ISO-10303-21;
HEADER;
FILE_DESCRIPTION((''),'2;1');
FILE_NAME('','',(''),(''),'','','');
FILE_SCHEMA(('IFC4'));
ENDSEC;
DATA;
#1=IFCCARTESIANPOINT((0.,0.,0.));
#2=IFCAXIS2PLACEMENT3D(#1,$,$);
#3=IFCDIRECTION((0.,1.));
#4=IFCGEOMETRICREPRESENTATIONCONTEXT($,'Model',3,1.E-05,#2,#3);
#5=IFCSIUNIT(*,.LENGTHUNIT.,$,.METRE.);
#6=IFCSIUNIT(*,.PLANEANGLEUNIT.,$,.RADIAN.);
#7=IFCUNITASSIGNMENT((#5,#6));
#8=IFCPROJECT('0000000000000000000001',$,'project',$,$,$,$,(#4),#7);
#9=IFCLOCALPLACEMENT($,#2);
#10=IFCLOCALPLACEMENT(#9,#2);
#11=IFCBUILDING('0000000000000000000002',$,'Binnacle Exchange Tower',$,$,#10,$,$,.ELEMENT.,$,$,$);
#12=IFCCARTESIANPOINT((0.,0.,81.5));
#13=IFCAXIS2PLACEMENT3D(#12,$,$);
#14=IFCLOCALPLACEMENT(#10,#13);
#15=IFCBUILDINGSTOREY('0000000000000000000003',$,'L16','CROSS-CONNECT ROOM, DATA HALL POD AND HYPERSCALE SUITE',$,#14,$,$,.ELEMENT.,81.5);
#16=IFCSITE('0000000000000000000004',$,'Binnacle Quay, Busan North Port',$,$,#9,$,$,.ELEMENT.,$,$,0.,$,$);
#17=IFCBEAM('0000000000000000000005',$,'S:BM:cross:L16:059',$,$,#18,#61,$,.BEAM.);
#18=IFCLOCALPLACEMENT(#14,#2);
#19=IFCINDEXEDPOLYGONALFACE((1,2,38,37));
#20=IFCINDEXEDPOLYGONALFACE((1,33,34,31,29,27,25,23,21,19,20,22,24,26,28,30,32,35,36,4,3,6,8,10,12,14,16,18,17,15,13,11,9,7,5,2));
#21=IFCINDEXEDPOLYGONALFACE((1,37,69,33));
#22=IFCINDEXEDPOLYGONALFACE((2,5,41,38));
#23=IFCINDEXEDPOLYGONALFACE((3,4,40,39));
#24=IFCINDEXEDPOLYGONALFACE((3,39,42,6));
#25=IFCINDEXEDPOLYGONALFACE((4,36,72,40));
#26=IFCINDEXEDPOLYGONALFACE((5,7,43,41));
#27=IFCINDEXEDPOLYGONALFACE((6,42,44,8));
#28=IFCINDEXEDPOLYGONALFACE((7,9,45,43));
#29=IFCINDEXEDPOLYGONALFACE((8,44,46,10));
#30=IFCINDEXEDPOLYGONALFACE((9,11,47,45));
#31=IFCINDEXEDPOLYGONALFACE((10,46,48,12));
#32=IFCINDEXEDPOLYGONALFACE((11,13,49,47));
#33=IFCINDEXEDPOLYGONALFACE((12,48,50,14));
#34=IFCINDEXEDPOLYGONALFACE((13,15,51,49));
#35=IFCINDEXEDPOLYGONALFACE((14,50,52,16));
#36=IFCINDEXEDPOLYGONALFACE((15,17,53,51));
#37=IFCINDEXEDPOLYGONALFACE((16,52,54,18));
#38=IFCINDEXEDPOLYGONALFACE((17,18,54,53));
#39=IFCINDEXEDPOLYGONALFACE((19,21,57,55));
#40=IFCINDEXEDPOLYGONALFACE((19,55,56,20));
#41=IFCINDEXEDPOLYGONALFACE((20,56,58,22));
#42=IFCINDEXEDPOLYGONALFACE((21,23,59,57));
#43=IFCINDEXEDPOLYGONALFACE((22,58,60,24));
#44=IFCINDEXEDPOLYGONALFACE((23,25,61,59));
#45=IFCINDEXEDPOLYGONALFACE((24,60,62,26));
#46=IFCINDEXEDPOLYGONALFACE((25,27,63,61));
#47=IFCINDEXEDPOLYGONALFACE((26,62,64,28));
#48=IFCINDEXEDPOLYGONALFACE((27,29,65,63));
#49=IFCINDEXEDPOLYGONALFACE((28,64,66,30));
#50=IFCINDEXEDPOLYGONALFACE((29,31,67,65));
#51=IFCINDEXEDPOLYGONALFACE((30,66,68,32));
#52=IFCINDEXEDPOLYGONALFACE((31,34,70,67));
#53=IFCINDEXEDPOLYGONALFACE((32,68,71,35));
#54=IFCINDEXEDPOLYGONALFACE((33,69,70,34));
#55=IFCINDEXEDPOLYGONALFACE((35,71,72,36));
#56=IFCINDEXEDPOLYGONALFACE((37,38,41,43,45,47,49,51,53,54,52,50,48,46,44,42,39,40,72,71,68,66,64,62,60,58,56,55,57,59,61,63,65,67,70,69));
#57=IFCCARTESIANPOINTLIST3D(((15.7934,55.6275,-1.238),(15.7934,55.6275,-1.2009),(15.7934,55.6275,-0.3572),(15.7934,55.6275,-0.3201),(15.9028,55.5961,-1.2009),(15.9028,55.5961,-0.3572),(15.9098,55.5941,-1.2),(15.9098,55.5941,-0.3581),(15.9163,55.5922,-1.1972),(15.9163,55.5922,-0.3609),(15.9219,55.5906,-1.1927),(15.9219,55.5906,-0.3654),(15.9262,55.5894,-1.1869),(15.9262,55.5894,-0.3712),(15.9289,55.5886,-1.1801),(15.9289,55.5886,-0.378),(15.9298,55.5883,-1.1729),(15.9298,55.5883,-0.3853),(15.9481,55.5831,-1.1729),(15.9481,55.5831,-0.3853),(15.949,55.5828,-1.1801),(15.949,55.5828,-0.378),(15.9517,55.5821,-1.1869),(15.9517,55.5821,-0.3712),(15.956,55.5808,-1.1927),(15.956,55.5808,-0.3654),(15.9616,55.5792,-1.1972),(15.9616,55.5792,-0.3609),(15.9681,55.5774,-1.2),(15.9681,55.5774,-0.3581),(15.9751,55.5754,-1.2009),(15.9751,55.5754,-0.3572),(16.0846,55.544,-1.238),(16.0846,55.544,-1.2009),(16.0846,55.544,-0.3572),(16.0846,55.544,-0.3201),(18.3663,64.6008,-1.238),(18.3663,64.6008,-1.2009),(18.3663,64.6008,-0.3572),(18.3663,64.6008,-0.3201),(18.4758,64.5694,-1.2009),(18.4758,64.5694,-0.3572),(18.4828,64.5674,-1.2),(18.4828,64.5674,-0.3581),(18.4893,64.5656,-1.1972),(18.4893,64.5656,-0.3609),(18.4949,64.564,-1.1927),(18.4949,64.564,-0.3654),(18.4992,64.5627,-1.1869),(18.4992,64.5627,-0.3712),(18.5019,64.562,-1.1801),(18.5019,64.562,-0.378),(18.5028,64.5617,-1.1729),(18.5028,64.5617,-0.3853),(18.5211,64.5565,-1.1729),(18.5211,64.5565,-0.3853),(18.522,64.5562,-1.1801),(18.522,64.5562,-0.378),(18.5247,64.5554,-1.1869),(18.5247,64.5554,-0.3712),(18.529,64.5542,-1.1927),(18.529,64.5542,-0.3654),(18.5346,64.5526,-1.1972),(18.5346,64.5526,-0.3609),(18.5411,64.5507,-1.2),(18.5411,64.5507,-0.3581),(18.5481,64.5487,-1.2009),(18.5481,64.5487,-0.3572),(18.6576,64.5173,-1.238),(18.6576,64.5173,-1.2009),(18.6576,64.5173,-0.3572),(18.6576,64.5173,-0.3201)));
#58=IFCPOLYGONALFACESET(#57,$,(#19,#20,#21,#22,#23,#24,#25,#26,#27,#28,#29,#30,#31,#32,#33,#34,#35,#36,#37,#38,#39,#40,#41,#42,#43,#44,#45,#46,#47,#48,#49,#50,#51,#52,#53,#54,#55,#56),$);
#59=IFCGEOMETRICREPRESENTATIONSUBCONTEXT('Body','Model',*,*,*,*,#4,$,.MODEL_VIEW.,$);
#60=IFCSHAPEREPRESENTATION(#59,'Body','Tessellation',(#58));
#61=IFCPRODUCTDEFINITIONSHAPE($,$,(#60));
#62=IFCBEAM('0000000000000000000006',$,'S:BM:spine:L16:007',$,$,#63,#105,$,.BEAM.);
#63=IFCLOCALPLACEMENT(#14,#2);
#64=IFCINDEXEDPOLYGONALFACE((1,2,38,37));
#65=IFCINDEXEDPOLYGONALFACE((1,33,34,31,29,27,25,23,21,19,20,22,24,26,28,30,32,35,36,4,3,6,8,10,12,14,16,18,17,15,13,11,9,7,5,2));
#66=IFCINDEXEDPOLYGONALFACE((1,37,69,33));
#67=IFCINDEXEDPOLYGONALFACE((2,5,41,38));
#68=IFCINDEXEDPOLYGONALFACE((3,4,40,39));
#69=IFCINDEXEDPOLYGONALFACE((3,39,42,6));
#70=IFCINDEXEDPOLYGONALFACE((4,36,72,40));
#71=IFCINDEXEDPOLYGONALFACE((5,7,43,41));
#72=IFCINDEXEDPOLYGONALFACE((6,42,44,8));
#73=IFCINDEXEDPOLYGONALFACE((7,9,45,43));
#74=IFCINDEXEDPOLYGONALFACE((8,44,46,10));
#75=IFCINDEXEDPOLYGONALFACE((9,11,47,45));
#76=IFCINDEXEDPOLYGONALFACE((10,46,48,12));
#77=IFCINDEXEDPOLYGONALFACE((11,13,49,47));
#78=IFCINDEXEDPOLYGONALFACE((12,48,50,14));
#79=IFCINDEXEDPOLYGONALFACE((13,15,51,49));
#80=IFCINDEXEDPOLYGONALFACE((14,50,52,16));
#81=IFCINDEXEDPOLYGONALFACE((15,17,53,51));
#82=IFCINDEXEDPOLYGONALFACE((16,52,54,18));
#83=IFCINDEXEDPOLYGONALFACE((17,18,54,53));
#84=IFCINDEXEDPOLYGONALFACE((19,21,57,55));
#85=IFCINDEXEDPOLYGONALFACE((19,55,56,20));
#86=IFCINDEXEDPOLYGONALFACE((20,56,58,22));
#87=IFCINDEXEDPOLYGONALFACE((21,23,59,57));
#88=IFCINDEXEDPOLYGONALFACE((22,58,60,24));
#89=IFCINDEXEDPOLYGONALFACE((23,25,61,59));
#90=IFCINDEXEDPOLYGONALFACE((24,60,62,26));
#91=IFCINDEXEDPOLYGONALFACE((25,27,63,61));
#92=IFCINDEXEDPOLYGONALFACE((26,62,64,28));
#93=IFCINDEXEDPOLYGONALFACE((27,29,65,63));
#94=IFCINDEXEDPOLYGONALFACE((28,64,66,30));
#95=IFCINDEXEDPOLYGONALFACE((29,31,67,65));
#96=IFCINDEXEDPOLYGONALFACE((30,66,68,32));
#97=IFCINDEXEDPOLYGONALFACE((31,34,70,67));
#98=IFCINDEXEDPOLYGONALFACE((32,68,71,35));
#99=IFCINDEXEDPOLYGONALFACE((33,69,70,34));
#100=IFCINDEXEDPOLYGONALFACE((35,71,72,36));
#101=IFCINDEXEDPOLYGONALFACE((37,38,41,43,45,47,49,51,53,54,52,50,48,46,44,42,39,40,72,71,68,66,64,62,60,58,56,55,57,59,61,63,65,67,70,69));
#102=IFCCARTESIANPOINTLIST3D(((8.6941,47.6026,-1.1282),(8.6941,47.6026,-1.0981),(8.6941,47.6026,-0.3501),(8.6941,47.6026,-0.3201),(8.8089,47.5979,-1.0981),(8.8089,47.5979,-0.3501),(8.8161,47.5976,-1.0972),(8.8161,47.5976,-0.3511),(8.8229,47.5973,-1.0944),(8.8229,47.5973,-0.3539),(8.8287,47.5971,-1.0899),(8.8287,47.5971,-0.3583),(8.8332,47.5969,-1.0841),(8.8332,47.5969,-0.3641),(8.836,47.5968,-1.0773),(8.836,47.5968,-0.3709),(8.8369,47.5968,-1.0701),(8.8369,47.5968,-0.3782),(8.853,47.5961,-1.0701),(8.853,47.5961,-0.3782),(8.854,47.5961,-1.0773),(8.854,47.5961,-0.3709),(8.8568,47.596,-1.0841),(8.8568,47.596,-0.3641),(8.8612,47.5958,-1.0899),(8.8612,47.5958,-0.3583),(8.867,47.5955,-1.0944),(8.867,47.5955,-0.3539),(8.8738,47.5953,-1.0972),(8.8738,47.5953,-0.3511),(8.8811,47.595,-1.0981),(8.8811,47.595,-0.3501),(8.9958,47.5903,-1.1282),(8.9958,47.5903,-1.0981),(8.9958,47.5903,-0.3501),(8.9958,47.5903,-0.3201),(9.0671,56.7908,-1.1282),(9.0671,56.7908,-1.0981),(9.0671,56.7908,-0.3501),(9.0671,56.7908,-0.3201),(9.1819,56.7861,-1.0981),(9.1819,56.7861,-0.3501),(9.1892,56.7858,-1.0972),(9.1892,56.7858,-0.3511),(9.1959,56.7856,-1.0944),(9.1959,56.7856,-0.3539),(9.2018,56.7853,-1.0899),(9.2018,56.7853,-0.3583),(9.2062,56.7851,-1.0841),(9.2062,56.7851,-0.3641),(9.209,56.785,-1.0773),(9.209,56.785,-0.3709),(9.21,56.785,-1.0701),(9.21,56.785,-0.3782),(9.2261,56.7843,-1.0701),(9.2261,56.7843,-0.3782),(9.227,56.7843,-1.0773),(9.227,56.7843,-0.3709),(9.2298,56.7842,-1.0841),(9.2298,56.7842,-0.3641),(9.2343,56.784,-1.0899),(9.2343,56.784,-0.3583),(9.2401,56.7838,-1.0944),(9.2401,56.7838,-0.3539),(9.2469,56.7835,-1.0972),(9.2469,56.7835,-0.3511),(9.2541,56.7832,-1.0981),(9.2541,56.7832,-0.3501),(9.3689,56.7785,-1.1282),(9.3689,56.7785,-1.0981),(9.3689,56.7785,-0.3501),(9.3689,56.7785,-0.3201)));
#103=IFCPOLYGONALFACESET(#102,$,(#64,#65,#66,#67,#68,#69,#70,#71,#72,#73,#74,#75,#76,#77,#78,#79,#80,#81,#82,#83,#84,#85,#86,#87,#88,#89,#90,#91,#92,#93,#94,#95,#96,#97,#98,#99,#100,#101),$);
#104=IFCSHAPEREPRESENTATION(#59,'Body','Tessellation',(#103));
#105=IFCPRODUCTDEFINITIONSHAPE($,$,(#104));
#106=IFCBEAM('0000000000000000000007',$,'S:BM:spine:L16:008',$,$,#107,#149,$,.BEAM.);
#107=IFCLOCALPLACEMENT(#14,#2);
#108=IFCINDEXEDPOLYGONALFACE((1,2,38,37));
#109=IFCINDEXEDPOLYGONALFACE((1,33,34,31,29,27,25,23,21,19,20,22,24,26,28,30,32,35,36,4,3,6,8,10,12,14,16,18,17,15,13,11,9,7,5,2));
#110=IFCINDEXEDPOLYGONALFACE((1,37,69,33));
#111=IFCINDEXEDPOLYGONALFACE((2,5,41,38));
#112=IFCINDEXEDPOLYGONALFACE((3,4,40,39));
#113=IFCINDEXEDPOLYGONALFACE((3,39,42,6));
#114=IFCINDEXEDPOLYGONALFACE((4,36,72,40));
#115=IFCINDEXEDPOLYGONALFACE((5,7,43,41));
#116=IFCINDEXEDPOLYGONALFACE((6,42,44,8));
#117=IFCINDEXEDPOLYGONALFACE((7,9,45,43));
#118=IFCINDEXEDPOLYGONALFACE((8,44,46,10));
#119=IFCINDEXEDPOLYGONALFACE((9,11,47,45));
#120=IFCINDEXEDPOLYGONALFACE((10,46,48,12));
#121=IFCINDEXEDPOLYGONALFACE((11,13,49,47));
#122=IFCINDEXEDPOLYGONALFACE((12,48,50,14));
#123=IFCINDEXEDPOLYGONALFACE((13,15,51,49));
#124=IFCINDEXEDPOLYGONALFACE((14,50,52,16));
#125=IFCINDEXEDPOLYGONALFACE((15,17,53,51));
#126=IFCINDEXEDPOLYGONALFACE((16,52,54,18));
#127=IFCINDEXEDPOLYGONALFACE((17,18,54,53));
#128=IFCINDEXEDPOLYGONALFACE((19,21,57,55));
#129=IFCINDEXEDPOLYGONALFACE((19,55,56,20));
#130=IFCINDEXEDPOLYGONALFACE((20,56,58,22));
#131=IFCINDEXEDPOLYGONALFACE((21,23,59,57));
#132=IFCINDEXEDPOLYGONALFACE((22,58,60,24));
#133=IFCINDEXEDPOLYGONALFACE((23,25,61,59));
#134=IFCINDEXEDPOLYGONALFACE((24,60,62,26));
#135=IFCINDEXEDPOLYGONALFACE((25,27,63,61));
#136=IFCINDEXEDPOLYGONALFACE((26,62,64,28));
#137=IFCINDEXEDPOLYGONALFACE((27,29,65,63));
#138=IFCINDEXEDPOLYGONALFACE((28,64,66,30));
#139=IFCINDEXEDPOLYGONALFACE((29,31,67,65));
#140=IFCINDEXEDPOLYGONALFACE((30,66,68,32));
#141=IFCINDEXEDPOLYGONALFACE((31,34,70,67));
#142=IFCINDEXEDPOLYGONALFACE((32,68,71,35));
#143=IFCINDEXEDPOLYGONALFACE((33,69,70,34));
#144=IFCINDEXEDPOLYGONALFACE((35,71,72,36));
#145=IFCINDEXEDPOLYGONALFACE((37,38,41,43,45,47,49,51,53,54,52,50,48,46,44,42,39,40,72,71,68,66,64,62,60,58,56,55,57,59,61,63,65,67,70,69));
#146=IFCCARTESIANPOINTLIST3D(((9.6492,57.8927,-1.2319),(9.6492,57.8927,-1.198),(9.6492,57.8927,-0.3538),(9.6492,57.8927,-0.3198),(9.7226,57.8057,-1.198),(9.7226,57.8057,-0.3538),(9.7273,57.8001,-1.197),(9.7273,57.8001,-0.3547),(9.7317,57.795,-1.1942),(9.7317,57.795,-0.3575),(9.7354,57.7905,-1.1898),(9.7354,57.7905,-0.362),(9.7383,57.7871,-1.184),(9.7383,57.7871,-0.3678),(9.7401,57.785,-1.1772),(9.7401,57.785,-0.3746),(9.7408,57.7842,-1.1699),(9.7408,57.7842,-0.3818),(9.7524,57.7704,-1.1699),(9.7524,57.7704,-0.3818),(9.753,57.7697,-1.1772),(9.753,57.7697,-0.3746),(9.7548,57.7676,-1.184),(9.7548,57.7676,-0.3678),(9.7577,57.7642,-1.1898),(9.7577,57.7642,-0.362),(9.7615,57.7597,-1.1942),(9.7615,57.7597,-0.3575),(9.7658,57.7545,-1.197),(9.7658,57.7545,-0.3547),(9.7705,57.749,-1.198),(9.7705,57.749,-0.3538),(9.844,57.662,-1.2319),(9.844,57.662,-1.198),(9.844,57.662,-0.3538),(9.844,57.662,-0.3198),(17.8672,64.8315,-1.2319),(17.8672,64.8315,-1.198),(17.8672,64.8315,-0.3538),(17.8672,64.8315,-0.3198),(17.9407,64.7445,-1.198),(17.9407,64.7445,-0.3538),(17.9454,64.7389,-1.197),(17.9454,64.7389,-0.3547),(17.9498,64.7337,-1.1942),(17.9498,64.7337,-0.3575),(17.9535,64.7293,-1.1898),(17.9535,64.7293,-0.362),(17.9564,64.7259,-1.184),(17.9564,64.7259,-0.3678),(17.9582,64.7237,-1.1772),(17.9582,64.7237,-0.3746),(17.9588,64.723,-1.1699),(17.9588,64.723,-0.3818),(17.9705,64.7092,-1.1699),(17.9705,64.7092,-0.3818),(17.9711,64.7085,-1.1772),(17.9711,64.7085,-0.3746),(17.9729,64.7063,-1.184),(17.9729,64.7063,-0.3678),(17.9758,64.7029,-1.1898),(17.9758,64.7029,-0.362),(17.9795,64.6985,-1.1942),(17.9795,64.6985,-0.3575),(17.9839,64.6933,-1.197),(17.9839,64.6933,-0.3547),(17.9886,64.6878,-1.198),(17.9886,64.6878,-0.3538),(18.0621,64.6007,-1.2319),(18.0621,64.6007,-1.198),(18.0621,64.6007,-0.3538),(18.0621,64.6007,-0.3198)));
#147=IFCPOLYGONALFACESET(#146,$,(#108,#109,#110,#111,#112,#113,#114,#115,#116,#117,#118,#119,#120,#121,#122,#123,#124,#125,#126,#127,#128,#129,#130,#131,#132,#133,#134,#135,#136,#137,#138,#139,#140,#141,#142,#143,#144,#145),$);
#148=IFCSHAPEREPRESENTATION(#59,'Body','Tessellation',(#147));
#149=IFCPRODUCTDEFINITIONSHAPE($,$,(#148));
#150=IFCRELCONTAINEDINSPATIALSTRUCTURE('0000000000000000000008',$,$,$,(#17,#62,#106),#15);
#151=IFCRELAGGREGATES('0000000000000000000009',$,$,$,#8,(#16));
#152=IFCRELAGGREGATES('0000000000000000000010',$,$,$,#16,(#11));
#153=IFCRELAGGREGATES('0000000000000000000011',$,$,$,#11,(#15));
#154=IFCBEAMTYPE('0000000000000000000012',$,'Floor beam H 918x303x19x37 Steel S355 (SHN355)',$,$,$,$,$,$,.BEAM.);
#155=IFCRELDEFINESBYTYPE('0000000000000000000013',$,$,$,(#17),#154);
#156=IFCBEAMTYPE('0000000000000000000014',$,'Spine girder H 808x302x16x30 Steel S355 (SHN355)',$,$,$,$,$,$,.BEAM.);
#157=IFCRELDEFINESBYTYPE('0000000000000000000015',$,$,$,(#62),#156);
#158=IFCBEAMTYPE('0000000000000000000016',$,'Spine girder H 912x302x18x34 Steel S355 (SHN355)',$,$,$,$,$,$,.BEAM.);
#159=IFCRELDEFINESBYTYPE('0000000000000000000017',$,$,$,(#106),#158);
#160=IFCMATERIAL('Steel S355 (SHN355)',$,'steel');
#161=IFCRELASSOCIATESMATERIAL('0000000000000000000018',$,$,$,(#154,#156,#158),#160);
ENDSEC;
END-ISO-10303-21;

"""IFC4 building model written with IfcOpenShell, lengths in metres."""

from ifc_helpers import new_model, si_unit, direction, frame, origin, origin_2d, place, context, subcontext, project, spatial, i_section, extrude, material, material_profile, profile_set, type_object, element, save


model = new_model("IFC4")

# Units and contexts
model_context = context("Model", 3, precision=1e-05, world=origin(), true_north=direction((0.0, 1.0)))
body_context = subcontext(model_context, "Body", "Model", "MODEL_VIEW")
ifc_project = project(units=[si_unit("LENGTHUNIT", "METRE"), si_unit("PLANEANGLEUNIT", "RADIAN")], contexts=[model_context])

# Site, building, storey
site_placement = place(None, origin())
site = spatial("IfcSite", under=ifc_project, at=site_placement, Name="Binnacle Quay, Busan North Port", CompositionType="ELEMENT", RefElevation=0.0)
building_placement = place(site_placement, origin())
building = spatial("IfcBuilding", under=site, at=building_placement, Name="Binnacle Exchange Tower", CompositionType="ELEMENT")
storey_placement = place(building_placement, frame((0.0, 0.0, 81.5)))
storey = spatial("IfcBuildingStorey", under=building, at=storey_placement, Name="L16", Description="CROSS-CONNECT ROOM, DATA HALL POD AND HYPERSCALE SUITE", CompositionType="ELEMENT", Elevation=81.5)

# Beams
ifc_material_1 = material(Name="Steel S355 (SHN355)", Category="steel")
ifc_material_profile_1 = material_profile(ifc_material_1, i_section(OverallWidth=0.303, OverallDepth=0.918, WebThickness=0.019, FlangeThickness=0.0371, FilletRadius=0.0281, at=origin_2d()), Name="H 918x303x19x37")
ifc_profile_set_1 = profile_set([ifc_material_profile_1], Name="Steel S355 (SHN355)")
beam_type_1 = type_object("IfcBeamType", Name="Floor beam H 918x303x19x37 Steel S355 (SHN355)", PredefinedType="BEAM", material=ifc_profile_set_1)
beam_1_placement = place(storey_placement, frame((18.512, 64.5591, -0.7791), z_axis=(-0.275629, -0.961264, 0.0), x_axis=(0.961264, -0.275629, 0.0)))
element("IfcBeam", 1, at=beam_1_placement, inside=storey, type_object=beam_type_1, Name="S:BM:cross:L16:059", PredefinedType="BEAM", context=body_context, shape_type="SweptSolid", body=[
    extrude(i_section(OverallWidth=0.303, OverallDepth=0.918, WebThickness=0.019, FlangeThickness=0.0371, FilletRadius=0.0281, at=origin_2d()), origin(), (0.0, 0.0, 1.0), 9.335),
])
ifc_material_profile_2 = material_profile(ifc_material_1, i_section(OverallWidth=0.302, OverallDepth=0.8081, WebThickness=0.0161, FlangeThickness=0.03, FilletRadius=0.0281, at=origin_2d()), Name="H 808x302x16x30")
ifc_profile_set_2 = profile_set([ifc_material_profile_2], Name="Steel S355 (SHN355)")
beam_type_2 = type_object("IfcBeamType", Name="Spine girder H 808x302x16x30 Steel S355 (SHN355)", PredefinedType="BEAM", material=ifc_profile_set_2)
beam_2_placement = place(storey_placement, frame((9.218, 56.7847, -0.7241), z_axis=(-0.040567, -0.999177, 0.0), x_axis=(0.999177, -0.040567, 0.0)))
element("IfcBeam", 2, at=beam_2_placement, inside=storey, type_object=beam_type_2, Name="S:BM:spine:L16:007", PredefinedType="BEAM", context=body_context, shape_type="SweptSolid", body=[
    extrude(i_section(OverallWidth=0.302, OverallDepth=0.8081, WebThickness=0.0161, FlangeThickness=0.03, FilletRadius=0.0281, at=origin_2d()), origin(), (0.0, 0.0, 1.0), 9.1958),
])
ifc_material_profile_3 = material_profile(ifc_material_1, i_section(OverallWidth=0.302, OverallDepth=0.9121, WebThickness=0.0181, FlangeThickness=0.0339, FilletRadius=0.0281, at=origin_2d()), Name="H 912x302x18x34")
ifc_profile_set_3 = profile_set([ifc_material_profile_3], Name="Steel S355 (SHN355)")
beam_type_3 = type_object("IfcBeamType", Name="Spine girder H 912x302x18x34 Steel S355 (SHN355)", PredefinedType="BEAM", material=ifc_profile_set_3)
beam_3_placement = place(storey_placement, frame((9.7466, 57.7773, -0.7759), z_axis=(0.764073, 0.64513, 0.0), x_axis=(-0.64513, 0.764073, 0.0)))
element("IfcBeam", 3, at=beam_3_placement, inside=storey, type_object=beam_type_3, Name="S:BM:spine:L16:008", PredefinedType="BEAM", context=body_context, shape_type="SweptSolid", body=[
    extrude(i_section(OverallWidth=0.302, OverallDepth=0.9121, WebThickness=0.0181, FlangeThickness=0.0339, FilletRadius=0.0281, at=origin_2d()), origin(), (0.0, 0.0, 1.0), 10.7556),
])

save(model, "model.ifc")
